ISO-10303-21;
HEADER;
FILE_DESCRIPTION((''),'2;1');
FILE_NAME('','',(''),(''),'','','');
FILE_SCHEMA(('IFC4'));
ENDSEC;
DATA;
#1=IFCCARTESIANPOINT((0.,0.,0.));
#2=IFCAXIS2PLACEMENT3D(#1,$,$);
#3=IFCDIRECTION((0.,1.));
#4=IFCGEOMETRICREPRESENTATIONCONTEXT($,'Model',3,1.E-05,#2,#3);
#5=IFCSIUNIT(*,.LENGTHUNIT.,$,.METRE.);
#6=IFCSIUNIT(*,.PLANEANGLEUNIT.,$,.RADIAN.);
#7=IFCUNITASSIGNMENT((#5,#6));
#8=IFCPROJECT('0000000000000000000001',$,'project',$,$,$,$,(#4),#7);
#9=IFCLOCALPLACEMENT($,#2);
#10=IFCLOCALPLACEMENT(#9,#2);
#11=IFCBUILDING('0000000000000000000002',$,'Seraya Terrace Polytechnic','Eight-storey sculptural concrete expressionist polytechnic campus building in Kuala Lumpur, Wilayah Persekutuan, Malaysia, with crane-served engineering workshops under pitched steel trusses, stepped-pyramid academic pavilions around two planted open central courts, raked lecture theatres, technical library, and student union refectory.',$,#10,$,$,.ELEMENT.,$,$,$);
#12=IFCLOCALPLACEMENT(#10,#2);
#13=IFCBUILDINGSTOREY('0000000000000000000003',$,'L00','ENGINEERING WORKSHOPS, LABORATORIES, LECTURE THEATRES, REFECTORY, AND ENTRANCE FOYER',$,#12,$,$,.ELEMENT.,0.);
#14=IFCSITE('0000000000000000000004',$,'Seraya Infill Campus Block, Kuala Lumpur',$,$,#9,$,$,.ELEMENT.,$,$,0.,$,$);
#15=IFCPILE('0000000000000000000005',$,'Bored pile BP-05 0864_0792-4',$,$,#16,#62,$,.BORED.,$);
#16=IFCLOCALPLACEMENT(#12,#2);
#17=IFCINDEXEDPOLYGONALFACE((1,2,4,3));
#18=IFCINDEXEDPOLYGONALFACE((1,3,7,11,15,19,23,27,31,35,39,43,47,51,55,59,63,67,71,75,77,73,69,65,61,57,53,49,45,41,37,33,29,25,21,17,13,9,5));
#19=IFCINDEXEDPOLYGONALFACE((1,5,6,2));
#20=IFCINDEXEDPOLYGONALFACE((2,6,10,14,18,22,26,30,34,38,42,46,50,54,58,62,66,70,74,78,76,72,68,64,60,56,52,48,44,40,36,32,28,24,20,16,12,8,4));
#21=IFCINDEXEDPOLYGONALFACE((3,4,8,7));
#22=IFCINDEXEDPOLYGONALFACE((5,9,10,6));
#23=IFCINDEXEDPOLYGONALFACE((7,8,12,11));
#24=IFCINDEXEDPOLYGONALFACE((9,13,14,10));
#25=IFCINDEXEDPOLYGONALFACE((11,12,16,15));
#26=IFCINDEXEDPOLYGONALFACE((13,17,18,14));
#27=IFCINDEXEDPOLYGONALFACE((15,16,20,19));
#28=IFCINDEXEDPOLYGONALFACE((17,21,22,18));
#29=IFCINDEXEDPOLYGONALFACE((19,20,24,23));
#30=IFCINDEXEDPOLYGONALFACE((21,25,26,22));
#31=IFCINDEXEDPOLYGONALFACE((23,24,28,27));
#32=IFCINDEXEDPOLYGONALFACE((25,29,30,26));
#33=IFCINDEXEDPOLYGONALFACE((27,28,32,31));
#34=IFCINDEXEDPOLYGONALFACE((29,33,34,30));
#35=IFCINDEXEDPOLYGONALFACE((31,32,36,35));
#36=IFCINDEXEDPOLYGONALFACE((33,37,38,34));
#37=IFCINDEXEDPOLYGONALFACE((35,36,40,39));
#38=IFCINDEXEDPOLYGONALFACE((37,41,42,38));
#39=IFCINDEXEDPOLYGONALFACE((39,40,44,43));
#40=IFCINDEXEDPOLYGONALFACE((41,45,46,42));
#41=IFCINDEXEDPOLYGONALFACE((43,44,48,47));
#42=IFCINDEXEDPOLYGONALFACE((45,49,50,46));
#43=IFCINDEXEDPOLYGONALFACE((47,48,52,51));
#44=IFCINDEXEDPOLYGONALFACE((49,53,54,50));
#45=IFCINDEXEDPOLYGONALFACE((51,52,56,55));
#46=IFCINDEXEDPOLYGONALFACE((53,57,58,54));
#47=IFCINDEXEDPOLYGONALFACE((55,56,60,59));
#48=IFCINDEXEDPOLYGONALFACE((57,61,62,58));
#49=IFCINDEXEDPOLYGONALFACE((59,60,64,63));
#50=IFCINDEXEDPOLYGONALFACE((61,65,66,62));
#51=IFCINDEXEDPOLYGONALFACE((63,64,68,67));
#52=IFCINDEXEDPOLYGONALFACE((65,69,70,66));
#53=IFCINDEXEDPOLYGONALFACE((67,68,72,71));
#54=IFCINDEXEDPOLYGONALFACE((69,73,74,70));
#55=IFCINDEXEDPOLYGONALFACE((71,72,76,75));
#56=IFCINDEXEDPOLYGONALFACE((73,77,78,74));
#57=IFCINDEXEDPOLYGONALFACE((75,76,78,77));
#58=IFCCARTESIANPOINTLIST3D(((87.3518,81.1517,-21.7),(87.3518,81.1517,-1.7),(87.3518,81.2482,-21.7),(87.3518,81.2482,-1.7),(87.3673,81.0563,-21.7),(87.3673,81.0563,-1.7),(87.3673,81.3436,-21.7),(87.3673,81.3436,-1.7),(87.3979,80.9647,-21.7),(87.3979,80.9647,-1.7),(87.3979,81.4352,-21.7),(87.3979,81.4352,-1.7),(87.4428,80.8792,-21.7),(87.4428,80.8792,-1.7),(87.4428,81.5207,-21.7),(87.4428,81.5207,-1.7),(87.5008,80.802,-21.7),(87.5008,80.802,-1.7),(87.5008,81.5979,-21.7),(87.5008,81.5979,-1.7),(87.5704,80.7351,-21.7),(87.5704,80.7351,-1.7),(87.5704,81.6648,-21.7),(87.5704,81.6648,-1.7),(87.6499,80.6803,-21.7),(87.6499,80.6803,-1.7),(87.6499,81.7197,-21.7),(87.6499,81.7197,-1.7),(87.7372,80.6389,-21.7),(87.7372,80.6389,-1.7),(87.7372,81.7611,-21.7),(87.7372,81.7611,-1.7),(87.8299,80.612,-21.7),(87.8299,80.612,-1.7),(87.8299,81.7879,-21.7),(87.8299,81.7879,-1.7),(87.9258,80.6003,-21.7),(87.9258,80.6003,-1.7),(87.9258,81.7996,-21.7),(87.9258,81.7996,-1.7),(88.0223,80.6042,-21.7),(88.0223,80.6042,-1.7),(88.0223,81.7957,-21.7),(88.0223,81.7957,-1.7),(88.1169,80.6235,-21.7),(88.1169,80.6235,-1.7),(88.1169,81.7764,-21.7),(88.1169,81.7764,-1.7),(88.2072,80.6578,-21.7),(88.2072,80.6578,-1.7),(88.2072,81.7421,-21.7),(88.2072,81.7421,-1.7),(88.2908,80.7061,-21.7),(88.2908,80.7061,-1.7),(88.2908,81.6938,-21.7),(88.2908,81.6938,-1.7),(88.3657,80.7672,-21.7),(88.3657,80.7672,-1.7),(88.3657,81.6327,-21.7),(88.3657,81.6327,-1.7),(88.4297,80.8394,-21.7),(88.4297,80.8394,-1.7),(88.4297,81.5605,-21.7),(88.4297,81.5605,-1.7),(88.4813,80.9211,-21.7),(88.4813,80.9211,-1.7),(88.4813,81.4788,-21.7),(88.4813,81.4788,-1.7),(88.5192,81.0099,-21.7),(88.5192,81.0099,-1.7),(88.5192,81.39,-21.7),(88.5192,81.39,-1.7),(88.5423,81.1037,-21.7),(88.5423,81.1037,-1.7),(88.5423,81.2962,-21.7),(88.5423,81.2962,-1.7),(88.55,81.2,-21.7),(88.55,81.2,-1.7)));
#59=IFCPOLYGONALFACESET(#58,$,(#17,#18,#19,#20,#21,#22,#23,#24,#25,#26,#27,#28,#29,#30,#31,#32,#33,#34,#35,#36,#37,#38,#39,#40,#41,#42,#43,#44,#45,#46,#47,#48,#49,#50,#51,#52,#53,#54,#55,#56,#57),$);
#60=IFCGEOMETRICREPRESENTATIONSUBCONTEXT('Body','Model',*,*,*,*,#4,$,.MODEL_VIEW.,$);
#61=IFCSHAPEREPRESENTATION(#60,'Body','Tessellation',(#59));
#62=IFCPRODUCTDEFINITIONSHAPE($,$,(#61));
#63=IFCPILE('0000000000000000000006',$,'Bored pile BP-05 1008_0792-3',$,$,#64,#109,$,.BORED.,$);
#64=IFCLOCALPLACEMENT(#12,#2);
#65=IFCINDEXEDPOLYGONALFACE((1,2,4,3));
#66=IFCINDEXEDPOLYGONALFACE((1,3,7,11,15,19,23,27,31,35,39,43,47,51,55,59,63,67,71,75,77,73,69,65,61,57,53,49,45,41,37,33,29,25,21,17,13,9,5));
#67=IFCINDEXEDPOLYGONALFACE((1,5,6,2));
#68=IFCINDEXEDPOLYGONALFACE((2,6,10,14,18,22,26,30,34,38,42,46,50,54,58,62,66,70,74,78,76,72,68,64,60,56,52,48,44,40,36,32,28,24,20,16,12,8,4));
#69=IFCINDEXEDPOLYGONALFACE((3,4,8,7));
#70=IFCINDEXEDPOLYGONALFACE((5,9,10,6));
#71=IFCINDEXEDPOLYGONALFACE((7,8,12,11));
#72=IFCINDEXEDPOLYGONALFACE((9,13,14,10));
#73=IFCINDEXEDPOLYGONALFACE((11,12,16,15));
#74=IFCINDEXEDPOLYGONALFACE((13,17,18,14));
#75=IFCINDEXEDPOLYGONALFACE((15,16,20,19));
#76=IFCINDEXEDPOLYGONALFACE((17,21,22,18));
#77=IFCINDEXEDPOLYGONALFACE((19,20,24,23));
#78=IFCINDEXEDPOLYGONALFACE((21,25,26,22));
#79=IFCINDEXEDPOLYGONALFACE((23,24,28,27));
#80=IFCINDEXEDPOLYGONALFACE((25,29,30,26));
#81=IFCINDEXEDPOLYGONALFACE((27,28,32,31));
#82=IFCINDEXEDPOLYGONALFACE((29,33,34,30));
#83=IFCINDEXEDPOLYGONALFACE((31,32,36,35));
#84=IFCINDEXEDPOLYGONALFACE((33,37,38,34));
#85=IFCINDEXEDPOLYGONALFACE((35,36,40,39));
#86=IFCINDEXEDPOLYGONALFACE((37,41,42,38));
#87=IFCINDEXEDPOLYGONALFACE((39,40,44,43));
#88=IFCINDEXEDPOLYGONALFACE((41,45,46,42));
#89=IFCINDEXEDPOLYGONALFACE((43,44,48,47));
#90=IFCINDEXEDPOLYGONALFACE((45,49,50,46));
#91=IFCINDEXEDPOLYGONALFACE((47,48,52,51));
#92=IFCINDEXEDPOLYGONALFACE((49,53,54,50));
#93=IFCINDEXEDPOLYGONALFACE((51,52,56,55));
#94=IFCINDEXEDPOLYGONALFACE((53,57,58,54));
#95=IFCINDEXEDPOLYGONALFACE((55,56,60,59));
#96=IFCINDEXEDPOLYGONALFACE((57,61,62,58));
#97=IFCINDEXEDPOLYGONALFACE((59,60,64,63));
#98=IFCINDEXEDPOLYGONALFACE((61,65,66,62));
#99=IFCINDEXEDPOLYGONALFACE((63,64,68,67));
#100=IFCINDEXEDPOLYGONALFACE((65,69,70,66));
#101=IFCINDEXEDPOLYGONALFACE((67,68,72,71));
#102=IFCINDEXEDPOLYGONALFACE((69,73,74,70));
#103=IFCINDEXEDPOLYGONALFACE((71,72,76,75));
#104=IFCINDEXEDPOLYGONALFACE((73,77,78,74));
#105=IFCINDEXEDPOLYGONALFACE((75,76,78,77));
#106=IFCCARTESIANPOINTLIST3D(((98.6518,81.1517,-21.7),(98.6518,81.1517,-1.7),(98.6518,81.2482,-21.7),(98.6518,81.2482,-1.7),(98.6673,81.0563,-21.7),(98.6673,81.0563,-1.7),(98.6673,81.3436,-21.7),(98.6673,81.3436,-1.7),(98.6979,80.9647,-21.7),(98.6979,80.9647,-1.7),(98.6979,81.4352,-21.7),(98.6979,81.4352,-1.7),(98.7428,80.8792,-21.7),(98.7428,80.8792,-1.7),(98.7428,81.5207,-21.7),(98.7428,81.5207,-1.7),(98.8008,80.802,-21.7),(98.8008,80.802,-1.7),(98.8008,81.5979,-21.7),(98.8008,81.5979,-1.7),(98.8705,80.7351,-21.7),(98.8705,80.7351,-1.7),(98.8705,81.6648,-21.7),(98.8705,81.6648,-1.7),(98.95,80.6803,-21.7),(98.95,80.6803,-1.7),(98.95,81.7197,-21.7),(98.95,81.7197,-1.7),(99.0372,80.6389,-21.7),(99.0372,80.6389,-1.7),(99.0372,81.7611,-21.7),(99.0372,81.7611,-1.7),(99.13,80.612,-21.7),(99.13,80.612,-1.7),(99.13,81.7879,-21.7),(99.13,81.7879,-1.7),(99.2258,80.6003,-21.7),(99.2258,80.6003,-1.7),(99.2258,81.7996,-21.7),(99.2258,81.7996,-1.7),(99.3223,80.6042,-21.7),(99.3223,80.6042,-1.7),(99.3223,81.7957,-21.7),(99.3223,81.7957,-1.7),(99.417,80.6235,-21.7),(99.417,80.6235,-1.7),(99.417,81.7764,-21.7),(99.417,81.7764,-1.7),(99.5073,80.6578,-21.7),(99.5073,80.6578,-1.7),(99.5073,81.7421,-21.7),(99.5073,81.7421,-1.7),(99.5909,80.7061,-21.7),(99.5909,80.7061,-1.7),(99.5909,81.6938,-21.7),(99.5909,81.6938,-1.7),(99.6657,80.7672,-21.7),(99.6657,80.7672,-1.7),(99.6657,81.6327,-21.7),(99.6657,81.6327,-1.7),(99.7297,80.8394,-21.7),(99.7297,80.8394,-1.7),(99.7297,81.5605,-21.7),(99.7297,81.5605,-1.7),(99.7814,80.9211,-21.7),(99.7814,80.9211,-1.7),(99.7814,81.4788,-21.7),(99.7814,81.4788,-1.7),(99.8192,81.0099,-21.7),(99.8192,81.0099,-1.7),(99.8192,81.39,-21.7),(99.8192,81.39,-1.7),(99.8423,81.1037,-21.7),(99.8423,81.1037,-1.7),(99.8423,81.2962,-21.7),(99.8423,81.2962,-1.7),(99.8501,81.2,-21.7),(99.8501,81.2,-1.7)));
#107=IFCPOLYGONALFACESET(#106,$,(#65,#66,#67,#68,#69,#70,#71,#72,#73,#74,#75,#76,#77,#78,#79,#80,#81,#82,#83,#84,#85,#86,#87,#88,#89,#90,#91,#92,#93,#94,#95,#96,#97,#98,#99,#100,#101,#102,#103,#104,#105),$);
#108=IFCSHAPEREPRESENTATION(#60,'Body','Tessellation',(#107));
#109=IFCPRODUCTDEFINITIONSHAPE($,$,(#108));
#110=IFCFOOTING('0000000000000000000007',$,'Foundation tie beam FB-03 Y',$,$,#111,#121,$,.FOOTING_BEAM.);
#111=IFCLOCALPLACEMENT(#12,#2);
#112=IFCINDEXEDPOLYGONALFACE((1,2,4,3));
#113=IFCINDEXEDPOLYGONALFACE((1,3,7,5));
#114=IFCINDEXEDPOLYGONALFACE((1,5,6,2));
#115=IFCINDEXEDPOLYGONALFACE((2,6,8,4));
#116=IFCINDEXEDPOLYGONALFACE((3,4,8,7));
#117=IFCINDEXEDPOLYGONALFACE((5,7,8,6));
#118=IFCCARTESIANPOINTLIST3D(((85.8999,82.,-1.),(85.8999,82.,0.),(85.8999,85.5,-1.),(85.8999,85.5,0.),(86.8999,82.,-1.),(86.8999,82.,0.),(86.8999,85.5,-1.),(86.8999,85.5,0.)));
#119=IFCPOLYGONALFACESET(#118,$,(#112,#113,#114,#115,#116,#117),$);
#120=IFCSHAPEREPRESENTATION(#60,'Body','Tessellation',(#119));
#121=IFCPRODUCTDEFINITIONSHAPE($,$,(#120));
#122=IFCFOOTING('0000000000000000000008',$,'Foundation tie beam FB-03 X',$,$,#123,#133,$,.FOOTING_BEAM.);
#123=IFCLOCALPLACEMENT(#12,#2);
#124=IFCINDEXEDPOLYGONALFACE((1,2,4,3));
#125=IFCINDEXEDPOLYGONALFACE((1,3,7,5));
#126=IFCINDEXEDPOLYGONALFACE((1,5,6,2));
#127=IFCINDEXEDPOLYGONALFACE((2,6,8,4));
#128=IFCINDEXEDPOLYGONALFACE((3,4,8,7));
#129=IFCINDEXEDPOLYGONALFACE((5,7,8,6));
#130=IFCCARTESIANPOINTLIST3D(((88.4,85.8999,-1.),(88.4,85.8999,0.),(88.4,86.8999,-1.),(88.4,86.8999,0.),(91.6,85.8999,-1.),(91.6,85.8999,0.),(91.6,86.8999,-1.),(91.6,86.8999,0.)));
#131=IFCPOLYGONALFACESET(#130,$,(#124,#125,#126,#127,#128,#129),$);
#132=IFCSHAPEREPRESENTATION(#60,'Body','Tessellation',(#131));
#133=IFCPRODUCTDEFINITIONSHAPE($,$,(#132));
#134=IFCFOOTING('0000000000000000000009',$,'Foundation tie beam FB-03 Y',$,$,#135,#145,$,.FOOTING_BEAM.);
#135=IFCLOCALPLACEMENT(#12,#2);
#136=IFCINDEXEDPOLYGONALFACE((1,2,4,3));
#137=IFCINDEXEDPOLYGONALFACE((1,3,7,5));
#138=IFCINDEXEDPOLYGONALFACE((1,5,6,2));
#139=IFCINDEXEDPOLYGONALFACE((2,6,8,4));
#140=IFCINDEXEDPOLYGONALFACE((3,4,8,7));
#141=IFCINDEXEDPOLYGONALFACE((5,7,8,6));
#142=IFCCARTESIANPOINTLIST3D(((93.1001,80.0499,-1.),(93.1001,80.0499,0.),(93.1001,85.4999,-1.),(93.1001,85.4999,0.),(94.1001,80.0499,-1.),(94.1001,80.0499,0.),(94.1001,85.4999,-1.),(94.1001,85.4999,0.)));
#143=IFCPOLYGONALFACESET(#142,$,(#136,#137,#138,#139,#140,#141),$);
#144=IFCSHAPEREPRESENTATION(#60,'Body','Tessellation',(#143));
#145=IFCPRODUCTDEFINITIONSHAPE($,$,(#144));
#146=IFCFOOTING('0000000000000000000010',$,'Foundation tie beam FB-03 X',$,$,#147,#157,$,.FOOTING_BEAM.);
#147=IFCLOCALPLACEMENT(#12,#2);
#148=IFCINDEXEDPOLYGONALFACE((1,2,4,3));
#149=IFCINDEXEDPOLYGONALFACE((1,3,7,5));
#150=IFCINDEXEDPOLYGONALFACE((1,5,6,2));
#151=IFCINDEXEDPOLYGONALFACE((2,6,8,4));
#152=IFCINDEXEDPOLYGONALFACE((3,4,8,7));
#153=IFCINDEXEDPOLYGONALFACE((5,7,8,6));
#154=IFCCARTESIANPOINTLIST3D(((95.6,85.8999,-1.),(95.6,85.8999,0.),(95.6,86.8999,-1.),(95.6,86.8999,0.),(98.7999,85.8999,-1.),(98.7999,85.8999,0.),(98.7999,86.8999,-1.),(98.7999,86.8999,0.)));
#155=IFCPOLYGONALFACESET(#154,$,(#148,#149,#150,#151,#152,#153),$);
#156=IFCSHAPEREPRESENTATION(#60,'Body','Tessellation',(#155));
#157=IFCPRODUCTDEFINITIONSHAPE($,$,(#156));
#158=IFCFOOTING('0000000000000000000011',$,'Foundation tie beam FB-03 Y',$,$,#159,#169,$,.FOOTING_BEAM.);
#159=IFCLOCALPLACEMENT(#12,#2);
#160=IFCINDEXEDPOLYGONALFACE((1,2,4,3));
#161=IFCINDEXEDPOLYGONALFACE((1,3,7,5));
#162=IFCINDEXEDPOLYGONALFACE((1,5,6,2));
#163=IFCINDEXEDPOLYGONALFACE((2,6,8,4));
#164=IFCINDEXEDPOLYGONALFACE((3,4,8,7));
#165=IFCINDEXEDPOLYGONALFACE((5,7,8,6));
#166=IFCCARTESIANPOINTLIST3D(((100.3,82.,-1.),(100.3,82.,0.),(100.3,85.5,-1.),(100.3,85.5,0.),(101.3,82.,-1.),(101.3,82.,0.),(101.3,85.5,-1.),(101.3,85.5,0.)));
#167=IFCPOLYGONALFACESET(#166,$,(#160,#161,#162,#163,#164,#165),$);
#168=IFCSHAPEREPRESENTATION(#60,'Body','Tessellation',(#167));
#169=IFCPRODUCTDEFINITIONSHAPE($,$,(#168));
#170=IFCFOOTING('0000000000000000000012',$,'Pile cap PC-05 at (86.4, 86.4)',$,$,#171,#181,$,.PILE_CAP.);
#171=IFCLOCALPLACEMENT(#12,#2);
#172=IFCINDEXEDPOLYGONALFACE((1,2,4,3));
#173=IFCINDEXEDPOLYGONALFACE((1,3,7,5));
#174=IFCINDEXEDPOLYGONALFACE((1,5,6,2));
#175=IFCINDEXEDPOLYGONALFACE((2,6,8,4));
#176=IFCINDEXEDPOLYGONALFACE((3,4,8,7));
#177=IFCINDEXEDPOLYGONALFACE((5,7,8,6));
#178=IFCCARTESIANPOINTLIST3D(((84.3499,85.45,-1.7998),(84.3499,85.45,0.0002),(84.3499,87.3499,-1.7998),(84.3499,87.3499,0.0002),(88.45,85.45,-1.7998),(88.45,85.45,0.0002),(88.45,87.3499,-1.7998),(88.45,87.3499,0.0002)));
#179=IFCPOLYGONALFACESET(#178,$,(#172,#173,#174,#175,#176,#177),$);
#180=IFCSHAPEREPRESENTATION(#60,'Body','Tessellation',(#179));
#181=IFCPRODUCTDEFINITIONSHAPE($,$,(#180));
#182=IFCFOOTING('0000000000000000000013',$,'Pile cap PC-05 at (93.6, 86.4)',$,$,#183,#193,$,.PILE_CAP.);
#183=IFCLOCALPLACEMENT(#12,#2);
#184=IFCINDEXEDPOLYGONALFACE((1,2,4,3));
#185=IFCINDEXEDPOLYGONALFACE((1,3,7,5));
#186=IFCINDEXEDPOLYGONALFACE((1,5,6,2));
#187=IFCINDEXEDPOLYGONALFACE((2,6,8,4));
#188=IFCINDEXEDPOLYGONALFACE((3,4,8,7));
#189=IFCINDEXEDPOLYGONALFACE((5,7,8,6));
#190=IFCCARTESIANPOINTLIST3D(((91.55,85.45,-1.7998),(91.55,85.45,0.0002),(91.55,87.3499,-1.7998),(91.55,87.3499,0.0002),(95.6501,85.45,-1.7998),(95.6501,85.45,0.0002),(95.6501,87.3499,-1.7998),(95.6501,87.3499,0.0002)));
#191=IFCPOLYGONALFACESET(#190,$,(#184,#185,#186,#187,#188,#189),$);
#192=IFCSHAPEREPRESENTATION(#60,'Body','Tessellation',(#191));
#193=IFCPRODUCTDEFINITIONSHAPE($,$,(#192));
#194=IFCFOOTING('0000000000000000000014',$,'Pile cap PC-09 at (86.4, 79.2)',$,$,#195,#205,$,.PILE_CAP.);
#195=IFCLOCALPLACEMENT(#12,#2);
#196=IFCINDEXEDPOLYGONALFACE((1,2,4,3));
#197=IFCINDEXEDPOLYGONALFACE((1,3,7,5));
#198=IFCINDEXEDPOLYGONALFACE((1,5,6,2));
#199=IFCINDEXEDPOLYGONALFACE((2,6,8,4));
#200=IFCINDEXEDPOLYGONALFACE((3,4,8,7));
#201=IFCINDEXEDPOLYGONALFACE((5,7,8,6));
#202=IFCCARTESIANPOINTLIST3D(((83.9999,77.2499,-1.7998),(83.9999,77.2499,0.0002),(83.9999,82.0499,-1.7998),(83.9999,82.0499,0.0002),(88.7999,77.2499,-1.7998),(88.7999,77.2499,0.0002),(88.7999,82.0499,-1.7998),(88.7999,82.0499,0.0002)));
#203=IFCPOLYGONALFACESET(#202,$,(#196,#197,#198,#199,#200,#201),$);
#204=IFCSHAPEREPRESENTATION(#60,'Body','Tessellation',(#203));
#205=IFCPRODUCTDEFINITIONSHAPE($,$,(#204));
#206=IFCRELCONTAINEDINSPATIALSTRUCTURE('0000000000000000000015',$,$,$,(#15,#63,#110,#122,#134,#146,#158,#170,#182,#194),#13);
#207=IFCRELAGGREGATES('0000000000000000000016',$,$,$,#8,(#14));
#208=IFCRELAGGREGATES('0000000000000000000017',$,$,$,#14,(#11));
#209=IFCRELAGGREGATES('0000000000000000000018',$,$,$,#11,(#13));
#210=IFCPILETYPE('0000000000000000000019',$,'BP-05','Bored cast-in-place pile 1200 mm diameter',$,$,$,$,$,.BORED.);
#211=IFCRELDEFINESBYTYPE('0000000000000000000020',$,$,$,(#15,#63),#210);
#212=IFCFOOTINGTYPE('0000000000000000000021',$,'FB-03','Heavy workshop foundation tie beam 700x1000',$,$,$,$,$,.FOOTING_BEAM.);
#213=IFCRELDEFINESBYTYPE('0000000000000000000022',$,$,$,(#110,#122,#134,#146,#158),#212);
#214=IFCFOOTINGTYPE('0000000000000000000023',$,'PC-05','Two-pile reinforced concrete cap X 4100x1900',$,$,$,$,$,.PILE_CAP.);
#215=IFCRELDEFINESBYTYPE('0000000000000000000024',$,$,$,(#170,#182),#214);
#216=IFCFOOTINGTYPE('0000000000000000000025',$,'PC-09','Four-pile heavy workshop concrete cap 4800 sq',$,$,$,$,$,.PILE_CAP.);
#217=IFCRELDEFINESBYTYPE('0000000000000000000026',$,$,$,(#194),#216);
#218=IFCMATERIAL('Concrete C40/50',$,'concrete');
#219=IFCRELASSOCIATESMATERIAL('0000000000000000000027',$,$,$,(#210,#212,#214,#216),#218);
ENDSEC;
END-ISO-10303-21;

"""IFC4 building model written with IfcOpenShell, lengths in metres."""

from ifc_helpers import new_model, si_unit, direction, frame, origin, origin_2d, place, context, subcontext, project, spatial, rectangle, circle, extrude, material, material_profile, profile_set, type_object, element, save


model = new_model("IFC4")

# Units and contexts
model_context = context("Model", 3, precision=1e-05, world=origin(), true_north=direction((0.0, 1.0)))
body_context = subcontext(model_context, "Body", "Model", "MODEL_VIEW")
ifc_project = project(units=[si_unit("LENGTHUNIT", "METRE"), si_unit("PLANEANGLEUNIT", "RADIAN")], contexts=[model_context])

# Site, building, storey
site_placement = place(None, origin())
site = spatial("IfcSite", under=ifc_project, at=site_placement, Name="Seraya Infill Campus Block, Kuala Lumpur", CompositionType="ELEMENT", RefElevation=0.0)
building_placement = place(site_placement, origin())
building = spatial("IfcBuilding", under=site, at=building_placement, Name="Seraya Terrace Polytechnic", Description="Eight-storey sculptural concrete expressionist polytechnic campus building in Kuala Lumpur, Wilayah Persekutuan, Malaysia, with crane-served engineering workshops under pitched steel trusses, stepped-pyramid academic pavilions around two planted open central courts, raked lecture theatres, technical library, and student union refectory.", CompositionType="ELEMENT")
storey_placement = place(building_placement, origin())
storey = spatial("IfcBuildingStorey", under=building, at=storey_placement, Name="L00", Description="ENGINEERING WORKSHOPS, LABORATORIES, LECTURE THEATRES, REFECTORY, AND ENTRANCE FOYER", CompositionType="ELEMENT", Elevation=0.0)

# Piles
ifc_material_1 = material(Name="Concrete C40/50", Category="concrete")
ifc_material_profile_1 = material_profile(ifc_material_1, circle(Radius=0.6001, at=origin_2d()), Name="DIA 1200")
ifc_profile_set_1 = profile_set([ifc_material_profile_1], Name="Concrete C40/50")
pile_type_1 = type_object("IfcPileType", Name="BP-05", Description="Bored cast-in-place pile 1200 mm diameter", PredefinedType="BORED", material=ifc_profile_set_1)
for number, where, z_axis, x_axis, name in (
    (1, (87.95, 81.2, -1.7), (0.0, 0.0, -1.0), (1.0, 0.0, 0.0), "Bored pile BP-05 0864_0792-4"),
    (2, (99.25, 81.2, -1.7), (0.0, 0.0, -1.0), (1.0, 0.0, 0.0), "Bored pile BP-05 1008_0792-3"),
):
    element("IfcPile", number, at=place(storey_placement, frame(where, z_axis=z_axis, x_axis=x_axis)), inside=storey, type_object=pile_type_1, Name=name, PredefinedType="BORED", context=body_context, shape_type="SweptSolid", body=[
        extrude(circle(Radius=0.6001, at=origin_2d()), origin(), (0.0, 0.0, 1.0), 20.0),
    ])

# Footings
footing_type_1 = type_object("IfcFootingType", Name="FB-03", Description="Heavy workshop foundation tie beam 700x1000", PredefinedType="FOOTING_BEAM", material=ifc_material_1)
footing_1_placement = place(storey_placement, frame((86.3999, 83.75, -1.0), z_axis=(0.0, 0.0, 1.0), x_axis=(0.0, 1.0, 0.0)))
element("IfcFooting", 3, at=footing_1_placement, inside=storey, type_object=footing_type_1, Name="Foundation tie beam FB-03 Y", PredefinedType="FOOTING_BEAM", context=body_context, shape_type="SweptSolid", body=[
    extrude(rectangle(XDim=3.5, YDim=1.0, at=origin_2d()), origin(), (0.0, 0.0, 1.0), 1.0),
])
footing_2_placement = place(storey_placement, frame((90.0, 86.3999, -1.0), z_axis=(0.0, 0.0, 1.0), x_axis=(1.0, 0.0, 0.0)))
element("IfcFooting", 4, at=footing_2_placement, inside=storey, type_object=footing_type_1, Name="Foundation tie beam FB-03 X", PredefinedType="FOOTING_BEAM", context=body_context, shape_type="SweptSolid", body=[
    extrude(rectangle(XDim=3.2, YDim=1.0, at=origin_2d()), origin(), (0.0, 0.0, 1.0), 1.0),
])
footing_3_placement = place(storey_placement, frame((93.6001, 82.7749, -1.0), z_axis=(0.0, 0.0, 1.0), x_axis=(0.0, 1.0, 0.0)))
element("IfcFooting", 5, at=footing_3_placement, inside=storey, type_object=footing_type_1, Name="Foundation tie beam FB-03 Y", PredefinedType="FOOTING_BEAM", context=body_context, shape_type="SweptSolid", body=[
    extrude(rectangle(XDim=5.45, YDim=1.0, at=origin_2d()), origin(), (0.0, 0.0, 1.0), 1.0),
])
footing_4_placement = place(storey_placement, frame((97.2, 86.3999, -1.0), z_axis=(0.0, 0.0, 1.0), x_axis=(1.0, 0.0, 0.0)))
element("IfcFooting", 6, at=footing_4_placement, inside=storey, type_object=footing_type_1, Name="Foundation tie beam FB-03 X", PredefinedType="FOOTING_BEAM", context=body_context, shape_type="SweptSolid", body=[
    extrude(rectangle(XDim=3.2, YDim=1.0, at=origin_2d()), origin(), (0.0, 0.0, 1.0), 1.0),
])
footing_5_placement = place(storey_placement, frame((100.8, 83.75, -1.0), z_axis=(0.0, 0.0, 1.0), x_axis=(0.0, 1.0, 0.0)))
element("IfcFooting", 7, at=footing_5_placement, inside=storey, type_object=footing_type_1, Name="Foundation tie beam FB-03 Y", PredefinedType="FOOTING_BEAM", context=body_context, shape_type="SweptSolid", body=[
    extrude(rectangle(XDim=3.5, YDim=1.0, at=origin_2d()), origin(), (0.0, 0.0, 1.0), 1.0),
])
footing_type_2 = type_object("IfcFootingType", Name="PC-05", Description="Two-pile reinforced concrete cap X 4100x1900", PredefinedType="PILE_CAP", material=ifc_material_1)
for number, where, z_axis, x_axis, name in (
    (8, (86.3999, 86.3999, -1.7998), (0.0, 0.0, 1.0), (1.0, 0.0, 0.0), "Pile cap PC-05 at (86.4, 86.4)"),
    (9, (93.6001, 86.3999, -1.7998), (0.0, 0.0, 1.0), (1.0, 0.0, 0.0), "Pile cap PC-05 at (93.6, 86.4)"),
):
    element("IfcFooting", number, at=place(storey_placement, frame(where, z_axis=z_axis, x_axis=x_axis)), inside=storey, type_object=footing_type_2, Name=name, PredefinedType="PILE_CAP", context=body_context, shape_type="SweptSolid", body=[
        extrude(rectangle(XDim=4.1001, YDim=1.8999, at=origin_2d()), origin(), (0.0, 0.0, 1.0), 1.8),
    ])
footing_type_3 = type_object("IfcFootingType", Name="PC-09", Description="Four-pile heavy workshop concrete cap 4800 sq", PredefinedType="PILE_CAP", material=ifc_material_1)
for number, where, z_axis, x_axis, name in (
    (10, (86.3999, 79.6499, -1.7998), (0.0, 0.0, 1.0), (1.0, 0.0, 0.0), "Pile cap PC-09 at (86.4, 79.2)"),
):
    element("IfcFooting", number, at=place(storey_placement, frame(where, z_axis=z_axis, x_axis=x_axis)), inside=storey, type_object=footing_type_3, Name=name, PredefinedType="PILE_CAP", context=body_context, shape_type="SweptSolid", body=[
        extrude(rectangle(XDim=4.8, YDim=4.8, at=origin_2d()), origin(), (0.0, 0.0, 1.0), 1.8),
    ])

save(model, "model.ifc")
